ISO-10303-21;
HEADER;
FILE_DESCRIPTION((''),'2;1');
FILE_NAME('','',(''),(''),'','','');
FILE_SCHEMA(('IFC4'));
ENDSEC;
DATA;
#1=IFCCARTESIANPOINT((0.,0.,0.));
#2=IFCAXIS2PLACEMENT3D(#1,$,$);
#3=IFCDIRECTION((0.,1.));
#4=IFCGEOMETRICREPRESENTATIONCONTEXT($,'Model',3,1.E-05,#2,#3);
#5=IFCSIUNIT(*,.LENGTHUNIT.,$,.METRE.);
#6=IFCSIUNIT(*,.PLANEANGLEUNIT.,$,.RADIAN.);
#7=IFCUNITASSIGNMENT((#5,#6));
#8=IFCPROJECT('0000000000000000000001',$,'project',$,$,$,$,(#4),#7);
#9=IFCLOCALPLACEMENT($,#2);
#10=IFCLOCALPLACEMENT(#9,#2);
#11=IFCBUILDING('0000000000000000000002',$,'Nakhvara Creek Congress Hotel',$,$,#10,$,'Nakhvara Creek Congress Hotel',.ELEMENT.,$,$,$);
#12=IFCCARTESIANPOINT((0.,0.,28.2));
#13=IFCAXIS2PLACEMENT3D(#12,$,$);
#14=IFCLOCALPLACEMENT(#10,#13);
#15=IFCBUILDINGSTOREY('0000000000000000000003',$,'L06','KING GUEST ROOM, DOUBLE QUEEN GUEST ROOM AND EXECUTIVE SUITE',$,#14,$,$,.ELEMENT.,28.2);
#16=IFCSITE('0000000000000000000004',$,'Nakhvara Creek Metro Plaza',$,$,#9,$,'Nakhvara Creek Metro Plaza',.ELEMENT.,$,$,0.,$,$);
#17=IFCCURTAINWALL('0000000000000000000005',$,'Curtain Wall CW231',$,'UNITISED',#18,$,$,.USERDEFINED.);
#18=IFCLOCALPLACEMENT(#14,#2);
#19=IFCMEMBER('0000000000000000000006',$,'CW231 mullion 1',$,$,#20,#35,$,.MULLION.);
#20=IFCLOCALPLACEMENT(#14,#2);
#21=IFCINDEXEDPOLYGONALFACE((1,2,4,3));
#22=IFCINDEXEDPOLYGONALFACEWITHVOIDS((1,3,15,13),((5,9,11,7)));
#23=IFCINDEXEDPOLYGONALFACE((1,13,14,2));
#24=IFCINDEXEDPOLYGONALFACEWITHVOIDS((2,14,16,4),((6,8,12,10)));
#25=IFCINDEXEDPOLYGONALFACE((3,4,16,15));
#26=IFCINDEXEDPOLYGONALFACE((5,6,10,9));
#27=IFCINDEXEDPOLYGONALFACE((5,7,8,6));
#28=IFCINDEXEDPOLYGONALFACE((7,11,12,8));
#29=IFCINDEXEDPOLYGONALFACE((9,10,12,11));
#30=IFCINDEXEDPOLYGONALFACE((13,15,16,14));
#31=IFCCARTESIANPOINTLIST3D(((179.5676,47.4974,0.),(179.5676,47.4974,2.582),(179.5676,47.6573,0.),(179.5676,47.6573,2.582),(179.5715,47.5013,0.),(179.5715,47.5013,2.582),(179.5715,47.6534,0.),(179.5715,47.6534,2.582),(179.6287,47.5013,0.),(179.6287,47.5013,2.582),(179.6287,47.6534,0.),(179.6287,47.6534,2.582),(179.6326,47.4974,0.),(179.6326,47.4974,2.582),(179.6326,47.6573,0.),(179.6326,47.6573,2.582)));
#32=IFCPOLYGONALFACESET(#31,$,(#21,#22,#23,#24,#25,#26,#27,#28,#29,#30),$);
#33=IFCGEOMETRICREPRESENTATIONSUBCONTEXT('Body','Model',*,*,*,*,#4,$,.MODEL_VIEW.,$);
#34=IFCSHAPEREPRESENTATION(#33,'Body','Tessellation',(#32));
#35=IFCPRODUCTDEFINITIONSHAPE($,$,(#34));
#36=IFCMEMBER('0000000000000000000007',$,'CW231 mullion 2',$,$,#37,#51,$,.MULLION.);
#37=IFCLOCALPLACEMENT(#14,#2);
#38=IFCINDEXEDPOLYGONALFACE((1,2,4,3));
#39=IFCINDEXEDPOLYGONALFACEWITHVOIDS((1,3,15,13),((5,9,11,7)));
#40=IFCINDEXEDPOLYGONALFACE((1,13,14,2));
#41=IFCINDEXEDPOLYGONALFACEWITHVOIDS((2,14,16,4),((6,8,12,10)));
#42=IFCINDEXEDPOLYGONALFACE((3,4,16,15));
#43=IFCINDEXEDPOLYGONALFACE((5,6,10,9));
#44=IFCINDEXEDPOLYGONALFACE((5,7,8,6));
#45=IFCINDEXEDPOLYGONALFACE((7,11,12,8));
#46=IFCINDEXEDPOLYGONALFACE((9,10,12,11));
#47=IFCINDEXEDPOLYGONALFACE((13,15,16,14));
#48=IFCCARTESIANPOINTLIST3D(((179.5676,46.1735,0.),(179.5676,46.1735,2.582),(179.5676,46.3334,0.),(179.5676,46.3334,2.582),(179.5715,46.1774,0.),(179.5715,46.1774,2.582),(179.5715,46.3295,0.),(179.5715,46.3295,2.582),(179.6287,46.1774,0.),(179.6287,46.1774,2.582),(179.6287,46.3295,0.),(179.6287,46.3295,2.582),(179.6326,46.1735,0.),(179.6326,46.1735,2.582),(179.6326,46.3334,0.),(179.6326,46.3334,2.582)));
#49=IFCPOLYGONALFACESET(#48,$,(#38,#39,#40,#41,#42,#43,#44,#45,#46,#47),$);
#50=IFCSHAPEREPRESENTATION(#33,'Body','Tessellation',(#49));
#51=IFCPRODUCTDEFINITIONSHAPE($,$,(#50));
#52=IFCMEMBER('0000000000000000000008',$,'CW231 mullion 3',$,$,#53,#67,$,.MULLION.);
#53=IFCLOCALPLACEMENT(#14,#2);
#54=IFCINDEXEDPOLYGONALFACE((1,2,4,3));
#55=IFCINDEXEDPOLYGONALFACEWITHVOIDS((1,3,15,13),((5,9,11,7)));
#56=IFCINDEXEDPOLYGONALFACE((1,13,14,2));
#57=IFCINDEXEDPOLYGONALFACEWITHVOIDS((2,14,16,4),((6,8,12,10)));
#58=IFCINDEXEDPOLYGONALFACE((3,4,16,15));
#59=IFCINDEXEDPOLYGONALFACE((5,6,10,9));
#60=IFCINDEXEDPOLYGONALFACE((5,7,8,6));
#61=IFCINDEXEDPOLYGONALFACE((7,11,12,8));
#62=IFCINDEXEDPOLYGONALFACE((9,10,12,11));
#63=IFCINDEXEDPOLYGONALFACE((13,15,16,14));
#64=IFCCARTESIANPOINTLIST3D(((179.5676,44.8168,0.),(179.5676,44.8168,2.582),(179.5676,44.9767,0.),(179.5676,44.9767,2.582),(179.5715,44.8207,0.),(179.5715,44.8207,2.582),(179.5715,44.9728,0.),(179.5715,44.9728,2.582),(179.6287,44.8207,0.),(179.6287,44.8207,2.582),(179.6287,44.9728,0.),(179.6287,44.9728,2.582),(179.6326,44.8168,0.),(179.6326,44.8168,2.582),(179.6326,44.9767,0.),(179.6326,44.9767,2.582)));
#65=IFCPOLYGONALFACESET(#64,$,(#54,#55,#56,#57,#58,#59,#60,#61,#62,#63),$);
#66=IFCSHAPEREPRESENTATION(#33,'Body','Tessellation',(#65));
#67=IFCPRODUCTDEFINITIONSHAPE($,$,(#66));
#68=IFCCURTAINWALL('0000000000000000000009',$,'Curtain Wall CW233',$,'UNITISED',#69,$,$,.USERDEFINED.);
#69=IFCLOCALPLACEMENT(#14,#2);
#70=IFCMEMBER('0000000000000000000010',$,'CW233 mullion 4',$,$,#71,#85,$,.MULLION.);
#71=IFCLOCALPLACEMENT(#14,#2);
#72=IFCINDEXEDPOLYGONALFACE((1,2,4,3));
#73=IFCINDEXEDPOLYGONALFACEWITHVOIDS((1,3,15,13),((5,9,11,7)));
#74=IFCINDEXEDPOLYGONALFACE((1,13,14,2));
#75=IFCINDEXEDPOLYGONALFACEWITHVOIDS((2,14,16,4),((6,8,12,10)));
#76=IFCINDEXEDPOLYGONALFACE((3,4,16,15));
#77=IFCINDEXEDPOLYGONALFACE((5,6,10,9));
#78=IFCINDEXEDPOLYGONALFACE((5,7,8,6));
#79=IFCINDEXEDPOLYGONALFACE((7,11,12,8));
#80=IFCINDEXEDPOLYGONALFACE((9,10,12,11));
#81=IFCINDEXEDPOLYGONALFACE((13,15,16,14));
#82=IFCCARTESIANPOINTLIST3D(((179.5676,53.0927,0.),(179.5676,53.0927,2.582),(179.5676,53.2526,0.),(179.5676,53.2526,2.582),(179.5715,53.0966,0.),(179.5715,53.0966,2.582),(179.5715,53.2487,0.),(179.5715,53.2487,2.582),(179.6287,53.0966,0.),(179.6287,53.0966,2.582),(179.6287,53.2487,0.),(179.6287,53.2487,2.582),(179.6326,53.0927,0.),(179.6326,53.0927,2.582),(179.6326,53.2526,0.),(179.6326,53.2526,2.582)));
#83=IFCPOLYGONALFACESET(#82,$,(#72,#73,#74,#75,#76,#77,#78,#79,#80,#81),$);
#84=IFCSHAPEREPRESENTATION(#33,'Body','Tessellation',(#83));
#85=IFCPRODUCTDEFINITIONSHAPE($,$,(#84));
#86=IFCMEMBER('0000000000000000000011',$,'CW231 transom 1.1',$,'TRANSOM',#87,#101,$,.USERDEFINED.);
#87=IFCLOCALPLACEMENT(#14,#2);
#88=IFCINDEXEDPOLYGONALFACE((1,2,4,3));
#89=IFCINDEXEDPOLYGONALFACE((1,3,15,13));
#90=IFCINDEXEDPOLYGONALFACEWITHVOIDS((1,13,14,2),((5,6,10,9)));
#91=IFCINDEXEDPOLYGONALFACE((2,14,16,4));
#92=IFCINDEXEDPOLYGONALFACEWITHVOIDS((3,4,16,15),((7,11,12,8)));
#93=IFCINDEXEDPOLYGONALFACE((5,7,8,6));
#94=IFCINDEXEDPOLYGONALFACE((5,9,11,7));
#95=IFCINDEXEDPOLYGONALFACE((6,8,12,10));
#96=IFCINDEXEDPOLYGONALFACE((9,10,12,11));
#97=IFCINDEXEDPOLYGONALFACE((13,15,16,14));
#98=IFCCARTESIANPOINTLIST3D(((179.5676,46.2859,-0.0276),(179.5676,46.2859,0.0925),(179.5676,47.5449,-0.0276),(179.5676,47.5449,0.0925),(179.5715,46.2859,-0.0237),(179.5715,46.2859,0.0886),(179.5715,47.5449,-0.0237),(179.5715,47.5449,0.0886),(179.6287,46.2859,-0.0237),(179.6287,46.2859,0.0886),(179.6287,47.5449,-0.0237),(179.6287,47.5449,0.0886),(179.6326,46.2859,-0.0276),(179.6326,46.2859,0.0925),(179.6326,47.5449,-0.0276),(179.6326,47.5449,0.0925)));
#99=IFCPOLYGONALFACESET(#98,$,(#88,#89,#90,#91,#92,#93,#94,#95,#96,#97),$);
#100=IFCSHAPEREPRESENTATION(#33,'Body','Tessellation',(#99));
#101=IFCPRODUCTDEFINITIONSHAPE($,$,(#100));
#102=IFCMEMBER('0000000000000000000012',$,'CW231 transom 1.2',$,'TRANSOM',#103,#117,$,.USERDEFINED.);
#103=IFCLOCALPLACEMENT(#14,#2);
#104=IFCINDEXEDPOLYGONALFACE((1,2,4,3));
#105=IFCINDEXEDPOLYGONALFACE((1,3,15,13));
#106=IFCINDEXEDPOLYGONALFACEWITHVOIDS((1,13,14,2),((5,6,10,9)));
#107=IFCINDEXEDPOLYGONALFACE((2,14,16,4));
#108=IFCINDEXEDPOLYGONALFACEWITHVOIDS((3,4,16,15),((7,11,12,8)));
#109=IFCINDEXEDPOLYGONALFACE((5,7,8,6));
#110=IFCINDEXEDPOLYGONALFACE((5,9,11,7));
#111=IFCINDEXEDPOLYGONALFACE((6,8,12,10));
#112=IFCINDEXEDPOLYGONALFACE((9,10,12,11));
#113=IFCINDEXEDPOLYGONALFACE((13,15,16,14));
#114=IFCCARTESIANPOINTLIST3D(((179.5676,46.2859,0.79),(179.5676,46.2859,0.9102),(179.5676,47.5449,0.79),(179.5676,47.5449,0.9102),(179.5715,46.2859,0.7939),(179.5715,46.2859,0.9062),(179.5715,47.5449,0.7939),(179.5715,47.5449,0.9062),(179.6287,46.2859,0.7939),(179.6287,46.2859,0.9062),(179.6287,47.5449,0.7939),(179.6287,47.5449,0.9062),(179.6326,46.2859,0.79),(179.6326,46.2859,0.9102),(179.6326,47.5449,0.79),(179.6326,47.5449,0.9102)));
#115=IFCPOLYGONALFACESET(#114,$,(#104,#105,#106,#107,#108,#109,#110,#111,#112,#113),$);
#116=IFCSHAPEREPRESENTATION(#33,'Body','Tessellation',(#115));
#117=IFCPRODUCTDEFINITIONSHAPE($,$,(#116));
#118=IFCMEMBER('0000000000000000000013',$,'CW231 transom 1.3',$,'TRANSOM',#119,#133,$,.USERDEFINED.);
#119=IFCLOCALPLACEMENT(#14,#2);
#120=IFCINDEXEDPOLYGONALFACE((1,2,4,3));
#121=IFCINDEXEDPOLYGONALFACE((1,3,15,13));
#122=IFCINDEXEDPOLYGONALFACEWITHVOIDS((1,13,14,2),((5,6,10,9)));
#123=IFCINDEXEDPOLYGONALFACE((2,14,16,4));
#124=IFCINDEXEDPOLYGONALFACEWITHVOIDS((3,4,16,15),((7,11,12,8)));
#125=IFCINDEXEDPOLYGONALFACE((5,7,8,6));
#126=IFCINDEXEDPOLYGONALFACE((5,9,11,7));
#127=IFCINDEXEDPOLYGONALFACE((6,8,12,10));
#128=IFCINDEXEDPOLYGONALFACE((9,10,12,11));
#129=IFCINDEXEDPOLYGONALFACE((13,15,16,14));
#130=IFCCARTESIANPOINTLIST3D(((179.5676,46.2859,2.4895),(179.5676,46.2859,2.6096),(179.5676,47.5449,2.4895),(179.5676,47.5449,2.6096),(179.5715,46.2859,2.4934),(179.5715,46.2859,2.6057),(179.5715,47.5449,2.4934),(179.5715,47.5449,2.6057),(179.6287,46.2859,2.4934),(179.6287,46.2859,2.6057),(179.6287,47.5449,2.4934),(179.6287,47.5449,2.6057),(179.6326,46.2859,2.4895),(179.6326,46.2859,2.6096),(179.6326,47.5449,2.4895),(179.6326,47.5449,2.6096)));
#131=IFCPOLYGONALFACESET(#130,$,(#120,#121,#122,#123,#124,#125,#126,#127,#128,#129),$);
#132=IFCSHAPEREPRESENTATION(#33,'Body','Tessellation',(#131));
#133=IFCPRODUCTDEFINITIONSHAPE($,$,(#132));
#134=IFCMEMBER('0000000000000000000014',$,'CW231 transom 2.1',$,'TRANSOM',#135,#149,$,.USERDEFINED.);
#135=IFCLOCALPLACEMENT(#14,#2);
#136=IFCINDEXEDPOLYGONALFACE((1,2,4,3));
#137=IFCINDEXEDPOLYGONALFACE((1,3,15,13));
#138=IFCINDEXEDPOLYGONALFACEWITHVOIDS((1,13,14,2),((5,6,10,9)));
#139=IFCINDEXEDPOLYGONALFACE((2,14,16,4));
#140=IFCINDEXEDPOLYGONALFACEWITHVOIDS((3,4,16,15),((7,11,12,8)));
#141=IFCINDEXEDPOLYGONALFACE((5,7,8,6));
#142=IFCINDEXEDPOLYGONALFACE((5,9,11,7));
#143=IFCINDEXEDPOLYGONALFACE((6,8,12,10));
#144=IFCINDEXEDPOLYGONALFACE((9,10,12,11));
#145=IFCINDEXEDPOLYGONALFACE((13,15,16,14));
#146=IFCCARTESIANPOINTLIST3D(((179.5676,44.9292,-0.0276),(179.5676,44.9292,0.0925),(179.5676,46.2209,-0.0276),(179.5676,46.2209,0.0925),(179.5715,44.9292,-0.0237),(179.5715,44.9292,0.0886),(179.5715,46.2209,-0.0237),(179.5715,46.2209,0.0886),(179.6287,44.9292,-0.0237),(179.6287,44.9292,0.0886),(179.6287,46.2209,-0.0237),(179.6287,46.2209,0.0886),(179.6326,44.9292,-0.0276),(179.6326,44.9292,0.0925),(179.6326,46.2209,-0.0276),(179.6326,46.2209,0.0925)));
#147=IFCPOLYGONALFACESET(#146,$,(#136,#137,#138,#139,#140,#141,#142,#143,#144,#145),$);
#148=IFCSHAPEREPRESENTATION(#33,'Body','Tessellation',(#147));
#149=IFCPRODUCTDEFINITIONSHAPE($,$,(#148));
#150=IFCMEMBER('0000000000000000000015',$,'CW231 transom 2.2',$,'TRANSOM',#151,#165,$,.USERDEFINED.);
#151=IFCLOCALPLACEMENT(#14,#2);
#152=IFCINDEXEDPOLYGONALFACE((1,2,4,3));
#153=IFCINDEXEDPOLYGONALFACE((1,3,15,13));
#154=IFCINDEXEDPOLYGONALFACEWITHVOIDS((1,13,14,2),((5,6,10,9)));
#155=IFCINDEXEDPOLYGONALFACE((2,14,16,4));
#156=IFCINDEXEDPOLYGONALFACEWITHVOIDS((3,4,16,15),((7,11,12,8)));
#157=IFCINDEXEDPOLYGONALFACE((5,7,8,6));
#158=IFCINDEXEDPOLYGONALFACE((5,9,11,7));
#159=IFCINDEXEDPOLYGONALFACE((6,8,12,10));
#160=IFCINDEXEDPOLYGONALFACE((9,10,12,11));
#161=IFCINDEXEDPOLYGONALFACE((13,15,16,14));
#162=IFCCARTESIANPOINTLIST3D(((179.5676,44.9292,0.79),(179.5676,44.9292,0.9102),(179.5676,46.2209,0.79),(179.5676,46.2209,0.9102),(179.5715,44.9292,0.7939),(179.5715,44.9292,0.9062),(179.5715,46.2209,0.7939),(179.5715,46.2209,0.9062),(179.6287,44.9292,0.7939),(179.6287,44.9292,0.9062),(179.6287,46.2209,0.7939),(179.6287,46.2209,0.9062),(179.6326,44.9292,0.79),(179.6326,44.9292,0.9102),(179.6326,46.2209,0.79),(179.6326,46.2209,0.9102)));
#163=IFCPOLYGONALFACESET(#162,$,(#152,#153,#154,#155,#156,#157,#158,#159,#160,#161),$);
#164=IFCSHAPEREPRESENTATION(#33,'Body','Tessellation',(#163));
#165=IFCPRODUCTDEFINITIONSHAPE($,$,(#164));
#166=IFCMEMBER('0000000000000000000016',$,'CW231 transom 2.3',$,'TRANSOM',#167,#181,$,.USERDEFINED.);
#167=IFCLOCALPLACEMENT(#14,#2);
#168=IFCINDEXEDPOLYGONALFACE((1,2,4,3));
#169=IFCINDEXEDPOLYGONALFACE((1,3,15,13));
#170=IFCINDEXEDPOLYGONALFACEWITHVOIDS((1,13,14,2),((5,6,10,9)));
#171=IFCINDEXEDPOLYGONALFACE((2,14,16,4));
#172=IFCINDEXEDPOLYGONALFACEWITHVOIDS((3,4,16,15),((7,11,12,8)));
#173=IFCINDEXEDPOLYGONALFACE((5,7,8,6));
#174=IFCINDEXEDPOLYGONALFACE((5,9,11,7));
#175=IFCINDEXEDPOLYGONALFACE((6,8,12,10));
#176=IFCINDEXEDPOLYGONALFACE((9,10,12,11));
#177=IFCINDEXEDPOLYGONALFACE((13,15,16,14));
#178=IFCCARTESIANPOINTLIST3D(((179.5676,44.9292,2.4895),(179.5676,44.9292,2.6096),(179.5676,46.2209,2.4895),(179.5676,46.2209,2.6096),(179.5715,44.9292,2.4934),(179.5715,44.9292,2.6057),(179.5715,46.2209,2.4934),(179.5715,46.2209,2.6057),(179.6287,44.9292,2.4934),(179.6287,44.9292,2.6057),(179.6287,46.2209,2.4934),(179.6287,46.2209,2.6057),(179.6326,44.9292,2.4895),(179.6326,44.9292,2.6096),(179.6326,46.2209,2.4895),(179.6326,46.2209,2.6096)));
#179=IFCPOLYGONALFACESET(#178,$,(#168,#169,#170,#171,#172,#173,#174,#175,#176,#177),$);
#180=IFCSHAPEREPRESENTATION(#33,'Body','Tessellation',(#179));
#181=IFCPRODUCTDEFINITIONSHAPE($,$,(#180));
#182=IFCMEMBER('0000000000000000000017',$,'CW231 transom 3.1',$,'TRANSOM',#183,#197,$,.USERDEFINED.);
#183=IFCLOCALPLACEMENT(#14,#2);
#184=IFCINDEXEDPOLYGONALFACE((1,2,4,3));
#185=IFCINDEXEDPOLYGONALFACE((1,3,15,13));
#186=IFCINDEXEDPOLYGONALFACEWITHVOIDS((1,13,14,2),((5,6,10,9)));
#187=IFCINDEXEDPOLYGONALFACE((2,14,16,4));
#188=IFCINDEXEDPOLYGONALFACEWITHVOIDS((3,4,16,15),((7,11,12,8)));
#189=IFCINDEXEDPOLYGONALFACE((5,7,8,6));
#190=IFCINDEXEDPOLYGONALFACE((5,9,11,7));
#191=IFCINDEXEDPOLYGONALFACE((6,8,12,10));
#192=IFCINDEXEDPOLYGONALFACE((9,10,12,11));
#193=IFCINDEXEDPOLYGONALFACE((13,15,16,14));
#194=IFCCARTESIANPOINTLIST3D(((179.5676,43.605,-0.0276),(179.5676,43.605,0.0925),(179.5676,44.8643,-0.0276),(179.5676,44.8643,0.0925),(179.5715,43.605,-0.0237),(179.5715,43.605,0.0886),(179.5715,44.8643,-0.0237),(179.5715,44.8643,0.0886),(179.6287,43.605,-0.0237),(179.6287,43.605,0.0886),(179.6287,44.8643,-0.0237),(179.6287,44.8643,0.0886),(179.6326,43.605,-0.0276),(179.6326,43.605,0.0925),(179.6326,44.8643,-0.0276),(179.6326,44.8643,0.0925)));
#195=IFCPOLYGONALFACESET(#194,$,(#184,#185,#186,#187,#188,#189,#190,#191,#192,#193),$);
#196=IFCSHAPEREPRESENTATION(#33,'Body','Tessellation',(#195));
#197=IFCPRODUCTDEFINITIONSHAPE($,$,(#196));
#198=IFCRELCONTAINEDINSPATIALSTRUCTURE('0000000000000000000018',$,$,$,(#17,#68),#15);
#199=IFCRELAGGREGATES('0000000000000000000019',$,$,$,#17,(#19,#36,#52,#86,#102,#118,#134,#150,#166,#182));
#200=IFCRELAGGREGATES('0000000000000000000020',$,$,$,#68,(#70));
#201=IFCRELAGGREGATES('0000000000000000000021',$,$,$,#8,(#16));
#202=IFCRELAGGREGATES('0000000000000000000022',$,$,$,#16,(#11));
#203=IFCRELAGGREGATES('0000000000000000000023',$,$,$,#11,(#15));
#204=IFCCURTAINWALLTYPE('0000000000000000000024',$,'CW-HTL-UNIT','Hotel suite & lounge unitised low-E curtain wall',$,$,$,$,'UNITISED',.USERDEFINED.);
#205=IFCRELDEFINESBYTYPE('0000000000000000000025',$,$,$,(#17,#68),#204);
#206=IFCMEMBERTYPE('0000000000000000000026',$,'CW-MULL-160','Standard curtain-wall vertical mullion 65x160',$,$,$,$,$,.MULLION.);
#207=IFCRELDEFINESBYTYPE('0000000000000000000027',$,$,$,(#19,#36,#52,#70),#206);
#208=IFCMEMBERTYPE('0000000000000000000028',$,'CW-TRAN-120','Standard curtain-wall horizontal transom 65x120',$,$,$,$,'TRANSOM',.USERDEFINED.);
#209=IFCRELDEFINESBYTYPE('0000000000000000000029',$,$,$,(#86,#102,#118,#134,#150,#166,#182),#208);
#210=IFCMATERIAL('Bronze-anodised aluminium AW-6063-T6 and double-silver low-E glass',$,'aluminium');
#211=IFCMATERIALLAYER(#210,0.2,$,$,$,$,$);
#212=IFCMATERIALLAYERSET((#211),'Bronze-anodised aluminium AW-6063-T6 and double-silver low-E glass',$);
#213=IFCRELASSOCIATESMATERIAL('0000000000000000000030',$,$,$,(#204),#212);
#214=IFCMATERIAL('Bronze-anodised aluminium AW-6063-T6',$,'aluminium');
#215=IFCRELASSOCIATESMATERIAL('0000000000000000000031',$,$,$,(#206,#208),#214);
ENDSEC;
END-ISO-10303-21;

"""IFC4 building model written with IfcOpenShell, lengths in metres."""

from ifc_helpers import new_model, si_unit, direction, frame, origin, origin_2d, place, context, subcontext, project, spatial, hollow_rectangle, extrude, material, layer, layer_set, material_profile, profile_set, type_object, element, aggregate, save


model = new_model("IFC4")

# Units and contexts
model_context = context("Model", 3, precision=1e-05, world=origin(), true_north=direction((0.0, 1.0)))
body_context = subcontext(model_context, "Body", "Model", "MODEL_VIEW")
ifc_project = project(units=[si_unit("LENGTHUNIT", "METRE"), si_unit("PLANEANGLEUNIT", "RADIAN")], contexts=[model_context])

# Site, building, storey
site_placement = place(None, origin())
site = spatial("IfcSite", under=ifc_project, at=site_placement, Name="Nakhvara Creek Metro Plaza", LongName="Nakhvara Creek Metro Plaza", CompositionType="ELEMENT", RefElevation=0.0)
building_placement = place(site_placement, origin())
building = spatial("IfcBuilding", under=site, at=building_placement, Name="Nakhvara Creek Congress Hotel", LongName="Nakhvara Creek Congress Hotel", CompositionType="ELEMENT")
storey_placement = place(building_placement, frame((0.0, 0.0, 28.2)))
storey = spatial("IfcBuildingStorey", under=building, at=storey_placement, Name="L06", Description="KING GUEST ROOM, DOUBLE QUEEN GUEST ROOM AND EXECUTIVE SUITE", CompositionType="ELEMENT", Elevation=28.2)

# Curtain wall, members
ifc_material_1 = material(Name="Bronze-anodised aluminium AW-6063-T6 and double-silver low-E glass", Category="aluminium")
ifc_layer = layer(ifc_material_1, 0.2)
ifc_layer_set = layer_set([ifc_layer], Name="Bronze-anodised aluminium AW-6063-T6 and double-silver low-E glass")
curtain_wall_type = type_object("IfcCurtainWallType", Name="CW-HTL-UNIT", Description="Hotel suite & lounge unitised low-E curtain wall", ElementType="UNITISED", PredefinedType="USERDEFINED", material=ifc_layer_set)
curtain_wall_1_placement = place(storey_placement, origin())
curtain_wall_1 = element("IfcCurtainWall", 1, at=curtain_wall_1_placement, inside=storey, type_object=curtain_wall_type, Name="Curtain Wall CW231", ObjectType="UNITISED", PredefinedType="USERDEFINED")
ifc_material_2 = material(Name="Bronze-anodised aluminium AW-6063-T6", Category="aluminium")
ifc_material_profile_1 = material_profile(ifc_material_2, hollow_rectangle(XDim=0.0649, YDim=0.1599, WallThickness=0.0039, at=origin_2d()), Name="ALU-MULL 65x160x4", Category="LoadBearing")
ifc_profile_set_1 = profile_set([ifc_material_profile_1], Name="Bronze-anodised aluminium AW-6063-T6")
member_type_1 = type_object("IfcMemberType", Name="CW-MULL-160", Description="Standard curtain-wall vertical mullion 65x160", PredefinedType="MULLION", material=ifc_profile_set_1)
member_1_placement = place(storey_placement, frame((179.6001, 47.5774, 0.0), z_axis=(0.0, 0.0, 1.0), x_axis=(1.0, 0.0, 0.0)))
member_1 = element("IfcMember", 2, at=member_1_placement, type_object=member_type_1, Name="CW231 mullion 1", PredefinedType="MULLION", context=body_context, shape_type="SweptSolid", body=[
    extrude(hollow_rectangle(XDim=0.0649, YDim=0.1599, WallThickness=0.0039, at=origin_2d()), origin(), (0.0, 0.0, 1.0), 2.582),
])
member_2_placement = place(storey_placement, frame((179.6001, 46.2534, 0.0), z_axis=(0.0, 0.0, 1.0), x_axis=(1.0, 0.0, 0.0)))
member_2 = element("IfcMember", 3, at=member_2_placement, type_object=member_type_1, Name="CW231 mullion 2", PredefinedType="MULLION", context=body_context, shape_type="SweptSolid", body=[
    extrude(hollow_rectangle(XDim=0.0649, YDim=0.1599, WallThickness=0.0039, at=origin_2d()), origin(), (0.0, 0.0, 1.0), 2.582),
])
member_3_placement = place(storey_placement, frame((179.6001, 44.8967, 0.0), z_axis=(0.0, 0.0, 1.0), x_axis=(1.0, 0.0, 0.0)))
member_3 = element("IfcMember", 4, at=member_3_placement, type_object=member_type_1, Name="CW231 mullion 3", PredefinedType="MULLION", context=body_context, shape_type="SweptSolid", body=[
    extrude(hollow_rectangle(XDim=0.0649, YDim=0.1599, WallThickness=0.0039, at=origin_2d()), origin(), (0.0, 0.0, 1.0), 2.582),
])

# Curtain wall, member
curtain_wall_2_placement = place(storey_placement, origin())
curtain_wall_2 = element("IfcCurtainWall", 5, at=curtain_wall_2_placement, inside=storey, type_object=curtain_wall_type, Name="Curtain Wall CW233", ObjectType="UNITISED", PredefinedType="USERDEFINED")
member_4_placement = place(storey_placement, frame((179.6001, 53.1726, 0.0), z_axis=(0.0, 0.0, 1.0), x_axis=(1.0, 0.0, 0.0)))
member_4 = element("IfcMember", 6, at=member_4_placement, type_object=member_type_1, Name="CW233 mullion 4", PredefinedType="MULLION", context=body_context, shape_type="SweptSolid", body=[
    extrude(hollow_rectangle(XDim=0.0649, YDim=0.1599, WallThickness=0.0039, at=origin_2d()), origin(), (0.0, 0.0, 1.0), 2.582),
])

# Members
ifc_material_profile_2 = material_profile(ifc_material_2, hollow_rectangle(XDim=0.0649, YDim=0.1201, WallThickness=0.0039, at=origin_2d()), Name="ALU-TRAN 65x120x4", Category="LoadBearing")
ifc_profile_set_2 = profile_set([ifc_material_profile_2], Name="Bronze-anodised aluminium AW-6063-T6")
member_type_2 = type_object("IfcMemberType", Name="CW-TRAN-120", Description="Standard curtain-wall horizontal transom 65x120", ElementType="TRANSOM", PredefinedType="USERDEFINED", material=ifc_profile_set_2)
member_5_placement = place(storey_placement, frame((179.6001, 47.5449, 0.0325), z_axis=(0.0, -1.0, 0.0), x_axis=(1.0, 0.0, 0.0)))
member_5 = element("IfcMember", 7, at=member_5_placement, type_object=member_type_2, Name="CW231 transom 1.1", ObjectType="TRANSOM", PredefinedType="USERDEFINED", context=body_context, shape_type="SweptSolid", body=[
    extrude(hollow_rectangle(XDim=0.0649, YDim=0.1201, WallThickness=0.0039, at=origin_2d()), origin(), (0.0, 0.0, 1.0), 1.259),
])
member_6_placement = place(storey_placement, frame((179.6001, 47.5449, 0.8501), z_axis=(0.0, -1.0, 0.0), x_axis=(1.0, 0.0, 0.0)))
member_6 = element("IfcMember", 8, at=member_6_placement, type_object=member_type_2, Name="CW231 transom 1.2", ObjectType="TRANSOM", PredefinedType="USERDEFINED", context=body_context, shape_type="SweptSolid", body=[
    extrude(hollow_rectangle(XDim=0.0649, YDim=0.1201, WallThickness=0.0039, at=origin_2d()), origin(), (0.0, 0.0, 1.0), 1.259),
])
member_7_placement = place(storey_placement, frame((179.6001, 47.5449, 2.5496), z_axis=(0.0, -1.0, 0.0), x_axis=(1.0, 0.0, 0.0)))
member_7 = element("IfcMember", 9, at=member_7_placement, type_object=member_type_2, Name="CW231 transom 1.3", ObjectType="TRANSOM", PredefinedType="USERDEFINED", context=body_context, shape_type="SweptSolid", body=[
    extrude(hollow_rectangle(XDim=0.0649, YDim=0.1201, WallThickness=0.0039, at=origin_2d()), origin(), (0.0, 0.0, 1.0), 1.259),
])
member_8_placement = place(storey_placement, frame((179.6001, 46.2209, 0.0325), z_axis=(0.0, -1.0, 0.0), x_axis=(1.0, 0.0, 0.0)))
member_8 = element("IfcMember", 10, at=member_8_placement, type_object=member_type_2, Name="CW231 transom 2.1", ObjectType="TRANSOM", PredefinedType="USERDEFINED", context=body_context, shape_type="SweptSolid", body=[
    extrude(hollow_rectangle(XDim=0.0649, YDim=0.1201, WallThickness=0.0039, at=origin_2d()), origin(), (0.0, 0.0, 1.0), 1.2917),
])
member_9_placement = place(storey_placement, frame((179.6001, 46.2209, 0.8501), z_axis=(0.0, -1.0, 0.0), x_axis=(1.0, 0.0, 0.0)))
member_9 = element("IfcMember", 11, at=member_9_placement, type_object=member_type_2, Name="CW231 transom 2.2", ObjectType="TRANSOM", PredefinedType="USERDEFINED", context=body_context, shape_type="SweptSolid", body=[
    extrude(hollow_rectangle(XDim=0.0649, YDim=0.1201, WallThickness=0.0039, at=origin_2d()), origin(), (0.0, 0.0, 1.0), 1.2917),
])
member_10_placement = place(storey_placement, frame((179.6001, 46.2209, 2.5496), z_axis=(0.0, -1.0, 0.0), x_axis=(1.0, 0.0, 0.0)))
member_10 = element("IfcMember", 12, at=member_10_placement, type_object=member_type_2, Name="CW231 transom 2.3", ObjectType="TRANSOM", PredefinedType="USERDEFINED", context=body_context, shape_type="SweptSolid", body=[
    extrude(hollow_rectangle(XDim=0.0649, YDim=0.1201, WallThickness=0.0039, at=origin_2d()), origin(), (0.0, 0.0, 1.0), 1.2917),
])
member_11_placement = place(storey_placement, frame((179.6001, 44.8643, 0.0325), z_axis=(0.0, -1.0, 0.0), x_axis=(1.0, 0.0, 0.0)))
member_11 = element("IfcMember", 13, at=member_11_placement, type_object=member_type_2, Name="CW231 transom 3.1", ObjectType="TRANSOM", PredefinedType="USERDEFINED", context=body_context, shape_type="SweptSolid", body=[
    extrude(hollow_rectangle(XDim=0.0649, YDim=0.1201, WallThickness=0.0039, at=origin_2d()), origin(), (0.0, 0.0, 1.0), 1.2593),
])

aggregate(curtain_wall_1, [member_1, member_2, member_3, member_5, member_6, member_7, member_8, member_9, member_10, member_11])
aggregate(curtain_wall_2, [member_4])

save(model, "model.ifc")
